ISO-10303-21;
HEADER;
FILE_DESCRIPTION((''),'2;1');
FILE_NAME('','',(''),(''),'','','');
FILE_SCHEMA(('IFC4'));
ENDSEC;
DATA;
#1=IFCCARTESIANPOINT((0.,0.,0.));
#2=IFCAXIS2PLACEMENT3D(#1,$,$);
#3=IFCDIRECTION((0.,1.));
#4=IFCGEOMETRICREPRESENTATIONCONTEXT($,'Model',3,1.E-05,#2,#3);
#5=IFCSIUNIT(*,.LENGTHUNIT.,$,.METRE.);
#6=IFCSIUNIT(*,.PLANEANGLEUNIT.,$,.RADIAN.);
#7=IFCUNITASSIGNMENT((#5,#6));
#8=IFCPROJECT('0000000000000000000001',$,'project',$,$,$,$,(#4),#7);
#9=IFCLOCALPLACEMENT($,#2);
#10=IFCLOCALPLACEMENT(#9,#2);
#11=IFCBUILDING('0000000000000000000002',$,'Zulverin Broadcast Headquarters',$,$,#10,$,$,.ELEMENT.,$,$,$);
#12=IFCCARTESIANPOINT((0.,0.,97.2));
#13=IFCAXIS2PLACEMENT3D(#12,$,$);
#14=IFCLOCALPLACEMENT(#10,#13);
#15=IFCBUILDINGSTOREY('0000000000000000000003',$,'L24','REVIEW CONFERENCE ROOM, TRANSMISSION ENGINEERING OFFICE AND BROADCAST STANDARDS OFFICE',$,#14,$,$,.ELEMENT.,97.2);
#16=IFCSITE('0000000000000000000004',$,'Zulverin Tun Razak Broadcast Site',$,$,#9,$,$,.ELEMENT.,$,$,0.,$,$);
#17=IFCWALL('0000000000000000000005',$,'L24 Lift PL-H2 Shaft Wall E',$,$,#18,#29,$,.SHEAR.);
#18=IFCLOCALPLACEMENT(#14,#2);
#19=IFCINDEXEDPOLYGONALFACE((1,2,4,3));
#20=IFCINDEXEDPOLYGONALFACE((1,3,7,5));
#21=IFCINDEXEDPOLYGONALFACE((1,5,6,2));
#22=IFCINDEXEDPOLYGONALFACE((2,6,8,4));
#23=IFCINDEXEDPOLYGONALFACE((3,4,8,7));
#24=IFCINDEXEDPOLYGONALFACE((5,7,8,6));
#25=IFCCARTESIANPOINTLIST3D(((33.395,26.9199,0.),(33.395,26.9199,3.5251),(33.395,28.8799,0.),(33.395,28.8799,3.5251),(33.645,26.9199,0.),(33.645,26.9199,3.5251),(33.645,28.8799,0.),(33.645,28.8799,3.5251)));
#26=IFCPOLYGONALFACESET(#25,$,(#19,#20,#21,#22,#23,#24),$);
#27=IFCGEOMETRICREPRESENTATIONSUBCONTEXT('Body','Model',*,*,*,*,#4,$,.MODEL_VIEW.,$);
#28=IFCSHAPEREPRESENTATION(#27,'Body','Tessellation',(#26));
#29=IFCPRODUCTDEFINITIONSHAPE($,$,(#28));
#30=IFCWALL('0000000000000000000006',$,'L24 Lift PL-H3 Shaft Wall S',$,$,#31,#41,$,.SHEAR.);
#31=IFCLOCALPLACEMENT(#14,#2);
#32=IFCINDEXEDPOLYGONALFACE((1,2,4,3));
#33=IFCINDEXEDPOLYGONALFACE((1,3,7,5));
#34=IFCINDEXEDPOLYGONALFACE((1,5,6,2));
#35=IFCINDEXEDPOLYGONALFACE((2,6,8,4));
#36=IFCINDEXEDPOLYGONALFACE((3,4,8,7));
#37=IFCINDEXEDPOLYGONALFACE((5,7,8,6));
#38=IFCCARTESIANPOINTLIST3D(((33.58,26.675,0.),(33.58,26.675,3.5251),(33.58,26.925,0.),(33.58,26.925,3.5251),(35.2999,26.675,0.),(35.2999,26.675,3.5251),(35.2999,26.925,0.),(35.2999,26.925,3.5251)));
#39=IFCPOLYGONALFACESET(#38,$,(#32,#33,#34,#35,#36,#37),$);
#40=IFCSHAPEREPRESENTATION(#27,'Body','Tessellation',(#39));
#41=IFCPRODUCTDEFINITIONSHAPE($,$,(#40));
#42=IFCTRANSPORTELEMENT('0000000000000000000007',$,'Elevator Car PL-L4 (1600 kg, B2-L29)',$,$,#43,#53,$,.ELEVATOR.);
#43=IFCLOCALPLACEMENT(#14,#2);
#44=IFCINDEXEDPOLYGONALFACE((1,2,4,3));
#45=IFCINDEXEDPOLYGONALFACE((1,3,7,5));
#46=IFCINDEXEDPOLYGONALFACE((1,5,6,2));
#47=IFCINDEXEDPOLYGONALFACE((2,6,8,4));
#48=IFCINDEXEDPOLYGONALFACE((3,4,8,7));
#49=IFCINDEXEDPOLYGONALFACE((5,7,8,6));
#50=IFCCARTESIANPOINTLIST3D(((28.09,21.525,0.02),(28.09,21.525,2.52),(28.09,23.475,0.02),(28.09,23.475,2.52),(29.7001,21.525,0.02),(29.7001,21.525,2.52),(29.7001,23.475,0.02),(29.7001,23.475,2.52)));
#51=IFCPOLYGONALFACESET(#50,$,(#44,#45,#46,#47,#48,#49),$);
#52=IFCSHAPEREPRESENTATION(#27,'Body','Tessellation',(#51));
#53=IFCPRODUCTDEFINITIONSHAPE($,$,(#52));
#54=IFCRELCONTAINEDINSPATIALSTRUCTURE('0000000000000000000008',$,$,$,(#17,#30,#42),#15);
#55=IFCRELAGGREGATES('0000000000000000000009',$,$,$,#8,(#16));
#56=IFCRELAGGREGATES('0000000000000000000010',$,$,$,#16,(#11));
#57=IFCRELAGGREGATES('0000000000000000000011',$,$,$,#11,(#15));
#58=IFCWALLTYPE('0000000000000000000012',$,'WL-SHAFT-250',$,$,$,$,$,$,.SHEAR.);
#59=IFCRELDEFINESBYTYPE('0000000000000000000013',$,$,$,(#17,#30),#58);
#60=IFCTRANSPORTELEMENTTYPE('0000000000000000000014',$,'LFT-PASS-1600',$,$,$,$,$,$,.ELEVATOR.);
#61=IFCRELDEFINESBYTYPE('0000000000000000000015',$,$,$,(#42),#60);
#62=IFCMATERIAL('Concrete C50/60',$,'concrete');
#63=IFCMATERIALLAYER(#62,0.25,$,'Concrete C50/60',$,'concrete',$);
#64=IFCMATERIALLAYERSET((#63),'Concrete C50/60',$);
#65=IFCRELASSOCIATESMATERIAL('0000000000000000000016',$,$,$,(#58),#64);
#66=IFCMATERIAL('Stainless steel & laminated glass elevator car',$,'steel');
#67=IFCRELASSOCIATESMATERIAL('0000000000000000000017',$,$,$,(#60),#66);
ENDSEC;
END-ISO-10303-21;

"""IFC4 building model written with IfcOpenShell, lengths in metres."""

from ifc_helpers import new_model, si_unit, direction, frame, frame_2d, origin, origin_2d, place, context, subcontext, project, spatial, rectangle, extrude, material, layer, layer_set, type_object, element, save


model = new_model("IFC4")

# Units and contexts
model_context = context("Model", 3, precision=1e-05, world=origin(), true_north=direction((0.0, 1.0)))
body_context = subcontext(model_context, "Body", "Model", "MODEL_VIEW")
ifc_project = project(units=[si_unit("LENGTHUNIT", "METRE"), si_unit("PLANEANGLEUNIT", "RADIAN")], contexts=[model_context])

# Site, building, storey
site_placement = place(None, origin())
site = spatial("IfcSite", under=ifc_project, at=site_placement, Name="Zulverin Tun Razak Broadcast Site", CompositionType="ELEMENT", RefElevation=0.0)
building_placement = place(site_placement, origin())
building = spatial("IfcBuilding", under=site, at=building_placement, Name="Zulverin Broadcast Headquarters", CompositionType="ELEMENT")
storey_placement = place(building_placement, frame((0.0, 0.0, 97.2)))
storey = spatial("IfcBuildingStorey", under=building, at=storey_placement, Name="L24", Description="REVIEW CONFERENCE ROOM, TRANSMISSION ENGINEERING OFFICE AND BROADCAST STANDARDS OFFICE", CompositionType="ELEMENT", Elevation=97.2)

# Walls
ifc_material_1 = material(Name="Concrete C50/60", Category="concrete")
ifc_layer_1 = layer(ifc_material_1, 0.25, Name="Concrete C50/60", Category="concrete")
ifc_layer_set_1 = layer_set([ifc_layer_1], Name="Concrete C50/60")
wall_type_1 = type_object("IfcWallType", Name="WL-SHAFT-250", PredefinedType="SHEAR", material=ifc_layer_set_1)
wall_1_placement = place(storey_placement, frame((33.52, 26.9199, 0.0), z_axis=(0.0, 0.0, 1.0), x_axis=(0.0, 1.0, 0.0)))
element("IfcWall", 1, at=wall_1_placement, inside=storey, type_object=wall_type_1, Name="L24 Lift PL-H2 Shaft Wall E", PredefinedType="SHEAR", context=body_context, shape_type="SweptSolid", body=[
    extrude(rectangle(XDim=1.96, YDim=0.25, at=frame_2d((0.98, 0.0))), origin(), (0.0, 0.0, 1.0), 3.5251),
])
wall_2_placement = place(storey_placement, frame((33.5801, 26.8, 0.0), z_axis=(0.0, 0.0, 1.0), x_axis=(1.0, 0.0, 0.0)))
element("IfcWall", 2, at=wall_2_placement, inside=storey, type_object=wall_type_1, Name="L24 Lift PL-H3 Shaft Wall S", PredefinedType="SHEAR", context=body_context, shape_type="SweptSolid", body=[
    extrude(rectangle(XDim=1.72, YDim=0.25, at=frame_2d((0.8599, 0.0))), origin(), (0.0, 0.0, 1.0), 3.5251),
])

# Transport element
ifc_material_2 = material(Name="Stainless steel & laminated glass elevator car", Category="steel")
transport_element_type = type_object("IfcTransportElementType", Name="LFT-PASS-1600", PredefinedType="ELEVATOR", material=ifc_material_2)
transport_element_placement = place(storey_placement, frame((28.895, 22.5, 0.02), z_axis=(0.0, 0.0, 1.0), x_axis=(1.0, 0.0, 0.0)))
element("IfcTransportElement", 3, at=transport_element_placement, inside=storey, type_object=transport_element_type, Name="Elevator Car PL-L4 (1600 kg, B2-L29)", PredefinedType="ELEVATOR", context=body_context, shape_type="SweptSolid", body=[
    extrude(rectangle(XDim=1.6101, YDim=1.95, at=origin_2d()), origin(), (0.0, 0.0, 1.0), 2.5),
])

save(model, "model.ifc")
